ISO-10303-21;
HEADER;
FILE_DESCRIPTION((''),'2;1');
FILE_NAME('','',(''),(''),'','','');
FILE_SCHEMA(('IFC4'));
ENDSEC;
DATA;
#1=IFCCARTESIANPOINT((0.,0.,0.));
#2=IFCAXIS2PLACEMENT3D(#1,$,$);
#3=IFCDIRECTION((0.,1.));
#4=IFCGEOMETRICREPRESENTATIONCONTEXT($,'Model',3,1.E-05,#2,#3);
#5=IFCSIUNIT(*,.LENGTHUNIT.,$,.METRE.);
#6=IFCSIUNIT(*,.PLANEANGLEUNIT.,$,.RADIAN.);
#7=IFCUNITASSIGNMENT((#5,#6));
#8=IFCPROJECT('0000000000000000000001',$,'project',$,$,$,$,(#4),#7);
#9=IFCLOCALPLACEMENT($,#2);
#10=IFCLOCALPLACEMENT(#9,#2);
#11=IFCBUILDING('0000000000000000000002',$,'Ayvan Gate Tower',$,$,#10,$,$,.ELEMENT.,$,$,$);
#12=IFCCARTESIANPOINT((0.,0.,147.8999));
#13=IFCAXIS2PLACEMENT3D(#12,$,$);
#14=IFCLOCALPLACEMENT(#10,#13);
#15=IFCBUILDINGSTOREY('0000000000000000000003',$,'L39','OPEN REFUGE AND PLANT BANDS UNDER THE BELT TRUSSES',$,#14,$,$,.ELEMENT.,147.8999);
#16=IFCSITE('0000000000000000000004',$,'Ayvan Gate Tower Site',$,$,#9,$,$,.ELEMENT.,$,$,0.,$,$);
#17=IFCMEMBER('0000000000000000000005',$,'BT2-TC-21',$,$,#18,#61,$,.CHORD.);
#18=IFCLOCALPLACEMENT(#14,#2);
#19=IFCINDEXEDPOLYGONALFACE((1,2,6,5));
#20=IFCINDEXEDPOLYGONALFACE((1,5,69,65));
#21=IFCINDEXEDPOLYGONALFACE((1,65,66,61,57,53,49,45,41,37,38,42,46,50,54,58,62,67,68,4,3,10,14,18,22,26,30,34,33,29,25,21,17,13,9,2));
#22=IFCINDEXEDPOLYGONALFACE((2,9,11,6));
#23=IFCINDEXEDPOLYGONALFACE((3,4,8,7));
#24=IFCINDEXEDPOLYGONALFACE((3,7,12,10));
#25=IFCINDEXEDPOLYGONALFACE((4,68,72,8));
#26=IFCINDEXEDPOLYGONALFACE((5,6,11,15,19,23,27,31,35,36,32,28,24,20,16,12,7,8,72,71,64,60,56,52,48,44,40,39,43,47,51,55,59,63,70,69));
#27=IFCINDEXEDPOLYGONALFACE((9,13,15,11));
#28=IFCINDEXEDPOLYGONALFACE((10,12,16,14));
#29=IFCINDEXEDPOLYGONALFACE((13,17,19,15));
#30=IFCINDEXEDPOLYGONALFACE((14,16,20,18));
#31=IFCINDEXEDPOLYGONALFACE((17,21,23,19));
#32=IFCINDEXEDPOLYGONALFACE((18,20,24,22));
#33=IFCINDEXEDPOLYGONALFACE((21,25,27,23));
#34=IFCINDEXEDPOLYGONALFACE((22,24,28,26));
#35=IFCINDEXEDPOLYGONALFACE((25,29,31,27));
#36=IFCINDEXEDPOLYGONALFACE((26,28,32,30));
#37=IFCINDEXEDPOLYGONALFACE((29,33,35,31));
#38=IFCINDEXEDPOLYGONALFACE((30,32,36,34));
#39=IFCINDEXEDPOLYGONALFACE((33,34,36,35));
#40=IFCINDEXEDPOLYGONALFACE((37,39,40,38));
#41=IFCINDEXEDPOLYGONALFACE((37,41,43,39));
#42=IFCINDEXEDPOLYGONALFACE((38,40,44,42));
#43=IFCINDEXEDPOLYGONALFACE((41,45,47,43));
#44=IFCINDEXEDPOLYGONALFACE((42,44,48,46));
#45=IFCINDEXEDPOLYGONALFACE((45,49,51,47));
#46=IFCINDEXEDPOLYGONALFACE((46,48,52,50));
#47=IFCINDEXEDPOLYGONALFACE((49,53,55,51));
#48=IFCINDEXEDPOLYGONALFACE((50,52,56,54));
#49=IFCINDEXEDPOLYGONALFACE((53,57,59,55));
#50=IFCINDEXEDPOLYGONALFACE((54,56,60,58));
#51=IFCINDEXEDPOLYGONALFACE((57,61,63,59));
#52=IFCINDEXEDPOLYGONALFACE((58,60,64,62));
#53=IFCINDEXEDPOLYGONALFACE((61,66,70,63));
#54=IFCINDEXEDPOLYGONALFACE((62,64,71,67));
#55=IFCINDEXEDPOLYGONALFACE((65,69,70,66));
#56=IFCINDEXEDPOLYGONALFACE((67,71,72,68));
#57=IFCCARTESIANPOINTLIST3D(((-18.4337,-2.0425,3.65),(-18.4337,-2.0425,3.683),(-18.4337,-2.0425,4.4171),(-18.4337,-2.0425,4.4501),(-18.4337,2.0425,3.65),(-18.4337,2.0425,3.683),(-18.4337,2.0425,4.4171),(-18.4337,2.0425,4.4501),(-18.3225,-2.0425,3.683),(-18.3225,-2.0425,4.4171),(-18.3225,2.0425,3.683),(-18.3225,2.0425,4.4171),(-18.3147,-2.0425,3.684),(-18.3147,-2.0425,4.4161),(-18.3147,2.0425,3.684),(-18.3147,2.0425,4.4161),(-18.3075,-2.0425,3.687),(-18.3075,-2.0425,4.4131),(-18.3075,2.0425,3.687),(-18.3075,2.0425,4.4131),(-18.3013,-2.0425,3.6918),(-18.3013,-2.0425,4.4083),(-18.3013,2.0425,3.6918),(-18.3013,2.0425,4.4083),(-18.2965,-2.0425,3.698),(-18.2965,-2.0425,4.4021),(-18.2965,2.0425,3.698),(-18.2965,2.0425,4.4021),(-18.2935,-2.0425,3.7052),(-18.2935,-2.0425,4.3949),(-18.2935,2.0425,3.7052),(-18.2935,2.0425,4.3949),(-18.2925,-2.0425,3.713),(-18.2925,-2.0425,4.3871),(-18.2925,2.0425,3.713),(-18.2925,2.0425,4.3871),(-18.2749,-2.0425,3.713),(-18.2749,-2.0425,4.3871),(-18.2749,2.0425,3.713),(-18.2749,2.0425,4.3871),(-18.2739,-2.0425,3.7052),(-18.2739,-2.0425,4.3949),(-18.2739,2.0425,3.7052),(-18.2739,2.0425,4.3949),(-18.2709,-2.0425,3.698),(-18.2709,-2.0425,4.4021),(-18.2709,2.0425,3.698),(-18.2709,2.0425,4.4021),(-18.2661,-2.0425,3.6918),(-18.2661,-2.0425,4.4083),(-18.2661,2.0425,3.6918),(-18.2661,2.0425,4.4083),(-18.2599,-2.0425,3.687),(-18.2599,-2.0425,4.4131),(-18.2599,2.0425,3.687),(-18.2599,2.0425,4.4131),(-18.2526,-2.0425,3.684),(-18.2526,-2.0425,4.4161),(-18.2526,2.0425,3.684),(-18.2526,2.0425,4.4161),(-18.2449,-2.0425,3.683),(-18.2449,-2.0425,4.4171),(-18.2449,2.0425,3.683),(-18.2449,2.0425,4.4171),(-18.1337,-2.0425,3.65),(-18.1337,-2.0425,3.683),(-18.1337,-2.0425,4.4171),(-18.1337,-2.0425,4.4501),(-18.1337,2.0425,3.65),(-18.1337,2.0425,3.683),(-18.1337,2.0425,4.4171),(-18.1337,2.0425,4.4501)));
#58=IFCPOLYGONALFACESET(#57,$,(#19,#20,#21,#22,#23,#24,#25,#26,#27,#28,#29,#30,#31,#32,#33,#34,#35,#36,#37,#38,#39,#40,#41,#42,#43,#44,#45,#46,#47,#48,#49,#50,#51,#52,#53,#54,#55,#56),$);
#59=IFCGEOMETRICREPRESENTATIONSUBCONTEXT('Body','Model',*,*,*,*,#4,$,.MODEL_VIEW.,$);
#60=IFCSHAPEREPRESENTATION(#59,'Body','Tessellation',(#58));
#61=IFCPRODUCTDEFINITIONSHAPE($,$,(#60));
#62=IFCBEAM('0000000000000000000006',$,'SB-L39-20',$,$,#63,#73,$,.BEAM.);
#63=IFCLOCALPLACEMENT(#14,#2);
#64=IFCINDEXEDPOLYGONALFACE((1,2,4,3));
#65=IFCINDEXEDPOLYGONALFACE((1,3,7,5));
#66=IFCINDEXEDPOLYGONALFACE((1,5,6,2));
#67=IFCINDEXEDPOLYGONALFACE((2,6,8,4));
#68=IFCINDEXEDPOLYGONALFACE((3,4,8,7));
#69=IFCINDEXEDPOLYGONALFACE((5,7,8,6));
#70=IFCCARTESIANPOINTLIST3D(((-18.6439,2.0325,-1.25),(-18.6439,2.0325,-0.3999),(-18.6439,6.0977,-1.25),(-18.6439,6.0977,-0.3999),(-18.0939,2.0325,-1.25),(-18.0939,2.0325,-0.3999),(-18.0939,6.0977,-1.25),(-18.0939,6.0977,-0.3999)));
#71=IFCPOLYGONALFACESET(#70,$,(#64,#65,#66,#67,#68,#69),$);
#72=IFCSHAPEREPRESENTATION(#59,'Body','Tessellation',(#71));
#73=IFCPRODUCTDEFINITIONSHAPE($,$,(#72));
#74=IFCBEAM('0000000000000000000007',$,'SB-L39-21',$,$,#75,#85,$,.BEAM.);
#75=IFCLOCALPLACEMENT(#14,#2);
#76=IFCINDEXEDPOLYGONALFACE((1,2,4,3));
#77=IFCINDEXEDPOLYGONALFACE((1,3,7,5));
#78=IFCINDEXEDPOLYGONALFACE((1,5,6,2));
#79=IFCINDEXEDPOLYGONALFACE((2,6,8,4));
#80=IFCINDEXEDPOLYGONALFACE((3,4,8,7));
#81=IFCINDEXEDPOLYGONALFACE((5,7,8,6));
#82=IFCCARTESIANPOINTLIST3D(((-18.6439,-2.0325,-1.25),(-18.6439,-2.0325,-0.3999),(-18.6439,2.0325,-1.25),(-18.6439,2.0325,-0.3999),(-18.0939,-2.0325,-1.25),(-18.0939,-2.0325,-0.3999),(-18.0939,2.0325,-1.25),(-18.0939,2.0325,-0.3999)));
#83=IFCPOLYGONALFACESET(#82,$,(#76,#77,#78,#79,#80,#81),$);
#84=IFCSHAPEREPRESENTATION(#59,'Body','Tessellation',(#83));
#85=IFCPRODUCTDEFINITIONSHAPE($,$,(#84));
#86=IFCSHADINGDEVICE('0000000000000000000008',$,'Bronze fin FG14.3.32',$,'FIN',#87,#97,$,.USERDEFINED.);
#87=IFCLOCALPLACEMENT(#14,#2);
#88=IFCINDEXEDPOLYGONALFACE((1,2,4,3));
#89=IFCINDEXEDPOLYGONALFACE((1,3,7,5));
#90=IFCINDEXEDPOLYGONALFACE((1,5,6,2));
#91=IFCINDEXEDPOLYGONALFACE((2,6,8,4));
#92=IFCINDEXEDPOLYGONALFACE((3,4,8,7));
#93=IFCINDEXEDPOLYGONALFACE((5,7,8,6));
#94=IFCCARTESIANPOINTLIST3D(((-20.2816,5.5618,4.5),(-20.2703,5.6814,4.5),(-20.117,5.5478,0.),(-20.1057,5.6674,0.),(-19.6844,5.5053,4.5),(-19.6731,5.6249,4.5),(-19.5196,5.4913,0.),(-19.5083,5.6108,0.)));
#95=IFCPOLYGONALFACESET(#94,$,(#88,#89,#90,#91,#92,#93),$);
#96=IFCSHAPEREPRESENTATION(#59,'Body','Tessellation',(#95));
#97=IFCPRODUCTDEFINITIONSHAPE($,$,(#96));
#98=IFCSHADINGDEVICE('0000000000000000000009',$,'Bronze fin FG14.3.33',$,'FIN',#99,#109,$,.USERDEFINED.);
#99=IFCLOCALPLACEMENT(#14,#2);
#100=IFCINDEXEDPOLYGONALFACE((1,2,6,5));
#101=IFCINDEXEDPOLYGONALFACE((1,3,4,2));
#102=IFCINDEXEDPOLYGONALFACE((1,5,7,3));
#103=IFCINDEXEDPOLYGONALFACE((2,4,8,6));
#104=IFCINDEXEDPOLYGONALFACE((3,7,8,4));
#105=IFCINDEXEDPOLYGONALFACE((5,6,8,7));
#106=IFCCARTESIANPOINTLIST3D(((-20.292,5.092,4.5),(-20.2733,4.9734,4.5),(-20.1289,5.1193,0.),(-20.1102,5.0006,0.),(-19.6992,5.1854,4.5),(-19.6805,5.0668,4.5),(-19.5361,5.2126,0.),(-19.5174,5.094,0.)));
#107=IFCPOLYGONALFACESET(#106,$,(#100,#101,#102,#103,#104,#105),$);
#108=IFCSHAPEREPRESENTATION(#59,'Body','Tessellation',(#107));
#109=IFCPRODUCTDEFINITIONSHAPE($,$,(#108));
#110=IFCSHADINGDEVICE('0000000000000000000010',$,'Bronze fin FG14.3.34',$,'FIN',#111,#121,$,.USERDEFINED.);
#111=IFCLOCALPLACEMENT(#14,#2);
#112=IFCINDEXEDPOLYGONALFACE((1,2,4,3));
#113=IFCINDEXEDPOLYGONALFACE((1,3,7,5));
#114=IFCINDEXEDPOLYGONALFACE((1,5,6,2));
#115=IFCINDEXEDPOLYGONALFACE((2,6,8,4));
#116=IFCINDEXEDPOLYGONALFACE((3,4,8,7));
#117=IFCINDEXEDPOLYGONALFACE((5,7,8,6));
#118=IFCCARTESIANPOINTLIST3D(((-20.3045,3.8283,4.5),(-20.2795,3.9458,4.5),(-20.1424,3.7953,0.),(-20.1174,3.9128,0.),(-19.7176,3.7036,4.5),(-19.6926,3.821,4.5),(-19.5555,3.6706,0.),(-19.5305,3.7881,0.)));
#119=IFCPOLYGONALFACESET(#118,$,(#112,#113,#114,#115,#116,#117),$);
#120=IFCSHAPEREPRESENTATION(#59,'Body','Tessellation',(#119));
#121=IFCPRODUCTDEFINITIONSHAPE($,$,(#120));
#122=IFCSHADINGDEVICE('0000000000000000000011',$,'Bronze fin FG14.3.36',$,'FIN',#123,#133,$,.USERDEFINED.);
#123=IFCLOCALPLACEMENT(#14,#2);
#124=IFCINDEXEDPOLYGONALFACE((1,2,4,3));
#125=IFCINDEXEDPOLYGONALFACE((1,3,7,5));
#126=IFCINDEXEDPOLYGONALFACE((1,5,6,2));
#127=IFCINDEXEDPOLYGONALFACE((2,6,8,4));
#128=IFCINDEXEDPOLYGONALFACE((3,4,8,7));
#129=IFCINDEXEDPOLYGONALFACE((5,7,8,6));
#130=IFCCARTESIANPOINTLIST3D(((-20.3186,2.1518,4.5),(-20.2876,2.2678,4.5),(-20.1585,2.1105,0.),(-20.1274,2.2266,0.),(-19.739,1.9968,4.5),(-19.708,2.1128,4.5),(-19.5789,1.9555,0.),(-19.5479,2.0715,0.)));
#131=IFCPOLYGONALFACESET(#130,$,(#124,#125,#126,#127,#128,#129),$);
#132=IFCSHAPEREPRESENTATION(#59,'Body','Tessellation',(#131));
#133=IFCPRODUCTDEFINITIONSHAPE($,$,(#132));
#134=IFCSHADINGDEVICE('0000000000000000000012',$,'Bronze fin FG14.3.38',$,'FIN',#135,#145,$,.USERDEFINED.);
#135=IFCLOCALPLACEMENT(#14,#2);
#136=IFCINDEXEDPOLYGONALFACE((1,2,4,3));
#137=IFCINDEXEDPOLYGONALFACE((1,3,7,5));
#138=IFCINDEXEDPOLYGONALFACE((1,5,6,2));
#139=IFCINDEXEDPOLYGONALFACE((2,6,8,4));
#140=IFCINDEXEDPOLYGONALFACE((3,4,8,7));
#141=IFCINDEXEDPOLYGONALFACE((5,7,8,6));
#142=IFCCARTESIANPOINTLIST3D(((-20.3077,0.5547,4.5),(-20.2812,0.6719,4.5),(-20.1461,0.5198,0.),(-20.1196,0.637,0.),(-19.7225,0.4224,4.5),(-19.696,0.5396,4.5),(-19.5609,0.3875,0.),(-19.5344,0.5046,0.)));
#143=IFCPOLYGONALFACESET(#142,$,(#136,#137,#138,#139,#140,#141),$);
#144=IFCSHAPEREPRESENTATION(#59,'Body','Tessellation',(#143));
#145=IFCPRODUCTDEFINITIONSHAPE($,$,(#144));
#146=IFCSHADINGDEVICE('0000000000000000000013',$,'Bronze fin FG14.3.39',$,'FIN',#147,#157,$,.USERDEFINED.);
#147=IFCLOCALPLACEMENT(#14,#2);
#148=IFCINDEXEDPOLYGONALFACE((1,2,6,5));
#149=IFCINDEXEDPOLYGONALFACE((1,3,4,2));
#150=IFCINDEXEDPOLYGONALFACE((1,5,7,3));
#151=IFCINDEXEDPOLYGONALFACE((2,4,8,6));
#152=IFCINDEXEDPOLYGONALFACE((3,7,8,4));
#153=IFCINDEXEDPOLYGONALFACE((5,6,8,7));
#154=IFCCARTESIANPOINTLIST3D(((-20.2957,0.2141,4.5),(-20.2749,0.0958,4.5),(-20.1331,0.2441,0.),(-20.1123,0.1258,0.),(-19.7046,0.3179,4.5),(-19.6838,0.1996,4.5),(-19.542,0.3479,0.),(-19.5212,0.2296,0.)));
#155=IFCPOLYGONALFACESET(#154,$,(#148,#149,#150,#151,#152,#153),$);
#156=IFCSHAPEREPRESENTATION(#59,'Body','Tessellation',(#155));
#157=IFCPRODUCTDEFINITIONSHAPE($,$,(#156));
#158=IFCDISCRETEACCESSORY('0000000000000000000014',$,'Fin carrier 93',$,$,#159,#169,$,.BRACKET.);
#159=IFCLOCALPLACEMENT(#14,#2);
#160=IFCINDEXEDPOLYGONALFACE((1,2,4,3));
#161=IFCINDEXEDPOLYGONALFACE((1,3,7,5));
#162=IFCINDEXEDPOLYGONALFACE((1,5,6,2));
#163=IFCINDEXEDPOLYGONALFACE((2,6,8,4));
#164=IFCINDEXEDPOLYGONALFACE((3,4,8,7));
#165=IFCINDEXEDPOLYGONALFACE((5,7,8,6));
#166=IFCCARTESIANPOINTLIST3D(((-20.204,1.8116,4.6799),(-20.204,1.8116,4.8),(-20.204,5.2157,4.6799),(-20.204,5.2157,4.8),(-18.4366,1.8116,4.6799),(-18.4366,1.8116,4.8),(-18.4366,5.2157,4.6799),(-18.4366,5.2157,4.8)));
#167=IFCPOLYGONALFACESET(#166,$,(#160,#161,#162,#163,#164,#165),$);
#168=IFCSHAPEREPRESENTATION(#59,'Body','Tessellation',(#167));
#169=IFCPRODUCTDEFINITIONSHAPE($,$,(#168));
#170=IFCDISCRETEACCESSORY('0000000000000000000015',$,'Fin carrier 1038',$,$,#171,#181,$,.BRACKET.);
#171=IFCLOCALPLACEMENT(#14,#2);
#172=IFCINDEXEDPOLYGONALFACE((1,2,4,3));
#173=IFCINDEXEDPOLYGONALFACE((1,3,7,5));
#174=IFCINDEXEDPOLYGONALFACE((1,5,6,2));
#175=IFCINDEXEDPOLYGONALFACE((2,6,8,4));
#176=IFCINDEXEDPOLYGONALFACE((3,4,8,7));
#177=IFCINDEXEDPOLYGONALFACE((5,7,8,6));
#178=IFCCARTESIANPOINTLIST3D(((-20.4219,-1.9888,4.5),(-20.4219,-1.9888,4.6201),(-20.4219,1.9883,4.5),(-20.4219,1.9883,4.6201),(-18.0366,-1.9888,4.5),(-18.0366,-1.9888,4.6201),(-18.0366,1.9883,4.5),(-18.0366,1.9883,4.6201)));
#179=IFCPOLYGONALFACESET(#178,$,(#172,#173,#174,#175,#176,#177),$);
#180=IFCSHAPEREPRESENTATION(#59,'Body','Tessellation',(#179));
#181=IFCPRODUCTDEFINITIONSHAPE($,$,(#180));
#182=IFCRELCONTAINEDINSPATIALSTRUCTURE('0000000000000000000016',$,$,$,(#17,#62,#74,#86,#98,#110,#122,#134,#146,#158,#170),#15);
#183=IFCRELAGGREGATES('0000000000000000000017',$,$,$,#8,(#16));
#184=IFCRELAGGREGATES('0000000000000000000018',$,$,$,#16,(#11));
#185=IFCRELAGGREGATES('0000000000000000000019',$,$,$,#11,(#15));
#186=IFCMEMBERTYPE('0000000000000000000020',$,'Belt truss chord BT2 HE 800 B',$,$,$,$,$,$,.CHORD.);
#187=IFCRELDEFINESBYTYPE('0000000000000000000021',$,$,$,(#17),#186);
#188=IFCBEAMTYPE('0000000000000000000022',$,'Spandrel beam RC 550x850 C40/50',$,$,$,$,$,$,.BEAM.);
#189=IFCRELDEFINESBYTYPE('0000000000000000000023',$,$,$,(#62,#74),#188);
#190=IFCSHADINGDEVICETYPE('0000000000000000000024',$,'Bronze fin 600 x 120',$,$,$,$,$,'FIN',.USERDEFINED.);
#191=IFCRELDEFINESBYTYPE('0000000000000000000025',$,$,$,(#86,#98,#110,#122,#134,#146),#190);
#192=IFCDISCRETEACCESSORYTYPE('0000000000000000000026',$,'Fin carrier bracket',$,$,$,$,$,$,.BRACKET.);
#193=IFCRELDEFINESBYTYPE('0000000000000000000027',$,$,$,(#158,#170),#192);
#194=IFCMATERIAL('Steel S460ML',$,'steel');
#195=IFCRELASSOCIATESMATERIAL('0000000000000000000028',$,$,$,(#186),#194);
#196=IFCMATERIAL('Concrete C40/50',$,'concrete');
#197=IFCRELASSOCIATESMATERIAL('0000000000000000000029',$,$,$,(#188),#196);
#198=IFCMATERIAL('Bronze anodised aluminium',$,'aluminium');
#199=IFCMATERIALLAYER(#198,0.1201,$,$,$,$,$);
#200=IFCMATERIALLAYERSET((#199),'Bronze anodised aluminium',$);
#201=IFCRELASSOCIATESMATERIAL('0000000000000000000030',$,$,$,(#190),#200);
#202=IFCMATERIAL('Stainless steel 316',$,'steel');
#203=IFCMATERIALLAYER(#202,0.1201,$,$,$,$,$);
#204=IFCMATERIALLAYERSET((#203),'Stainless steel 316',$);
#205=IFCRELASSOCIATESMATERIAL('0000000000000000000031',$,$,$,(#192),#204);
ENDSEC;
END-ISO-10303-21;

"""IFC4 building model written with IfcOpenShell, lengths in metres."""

from ifc_helpers import new_model, si_unit, direction, frame, origin, origin_2d, place, context, subcontext, project, spatial, polyline, rectangle, i_section, outline, extrude, material, layer, layer_set, material_profile, profile_set, type_object, element, save


model = new_model("IFC4")

# Units and contexts
model_context = context("Model", 3, precision=1e-05, world=origin(), true_north=direction((0.0, 1.0)))
body_context = subcontext(model_context, "Body", "Model", "MODEL_VIEW")
ifc_project = project(units=[si_unit("LENGTHUNIT", "METRE"), si_unit("PLANEANGLEUNIT", "RADIAN")], contexts=[model_context])

# Site, building, storey
site_placement = place(None, origin())
site = spatial("IfcSite", under=ifc_project, at=site_placement, Name="Ayvan Gate Tower Site", CompositionType="ELEMENT", RefElevation=0.0)
building_placement = place(site_placement, origin())
building = spatial("IfcBuilding", under=site, at=building_placement, Name="Ayvan Gate Tower", CompositionType="ELEMENT")
storey_placement = place(building_placement, frame((0.0, 0.0, 147.8999)))
storey = spatial("IfcBuildingStorey", under=building, at=storey_placement, Name="L39", Description="OPEN REFUGE AND PLANT BANDS UNDER THE BELT TRUSSES", CompositionType="ELEMENT", Elevation=147.8999)

# Member
ifc_material_1 = material(Name="Steel S460ML", Category="steel")
ifc_material_profile_1 = material_profile(ifc_material_1, i_section(OverallWidth=0.3, OverallDepth=0.8, WebThickness=0.0176, FlangeThickness=0.033, FilletRadius=0.03, at=origin_2d()), Name="HE 800 B")
ifc_profile_set_1 = profile_set([ifc_material_profile_1], Name="Steel S460ML")
member_type_1 = type_object("IfcMemberType", Name="Belt truss chord BT2 HE 800 B", PredefinedType="CHORD", material=ifc_profile_set_1)
member_1_placement = place(storey_placement, frame((-18.2837, 2.0425, 4.05), z_axis=(0.0, -1.0, 0.0), x_axis=(1.0, 0.0, 0.0)))
element("IfcMember", 1, at=member_1_placement, inside=storey, type_object=member_type_1, Name="BT2-TC-21", PredefinedType="CHORD", context=body_context, shape_type="SweptSolid", body=[
    extrude(i_section(OverallWidth=0.3, OverallDepth=0.8, WebThickness=0.0176, FlangeThickness=0.033, FilletRadius=0.03, at=origin_2d()), origin(), (0.0, 0.0, 1.0), 4.085),
])

# Beams
ifc_material_2 = material(Name="Concrete C40/50", Category="concrete")
ifc_material_profile_2 = material_profile(ifc_material_2, rectangle(XDim=0.55, YDim=0.8501, at=origin_2d()), Name="RC 550x850")
ifc_profile_set_2 = profile_set([ifc_material_profile_2], Name="Concrete C40/50")
beam_type = type_object("IfcBeamType", Name="Spandrel beam RC 550x850 C40/50", PredefinedType="BEAM", material=ifc_profile_set_2)
beam_1_placement = place(storey_placement, frame((-18.3689, 6.0977, -0.825), z_axis=(0.0, -1.0, 0.0), x_axis=(1.0, 0.0, 0.0)))
element("IfcBeam", 2, at=beam_1_placement, inside=storey, type_object=beam_type, Name="SB-L39-20", PredefinedType="BEAM", context=body_context, shape_type="SweptSolid", body=[
    extrude(rectangle(XDim=0.55, YDim=0.8501, at=origin_2d()), origin(), (0.0, 0.0, 1.0), 4.0652),
])
beam_2_placement = place(storey_placement, frame((-18.3689, 2.0325, -0.825), z_axis=(0.0, -1.0, 0.0), x_axis=(1.0, 0.0, 0.0)))
element("IfcBeam", 3, at=beam_2_placement, inside=storey, type_object=beam_type, Name="SB-L39-21", PredefinedType="BEAM", context=body_context, shape_type="SweptSolid", body=[
    extrude(rectangle(XDim=0.55, YDim=0.8501, at=origin_2d()), origin(), (0.0, 0.0, 1.0), 4.0649),
])

# Shading devices
ifc_material_3 = material(Name="Bronze anodised aluminium", Category="aluminium")
ifc_layer_1 = layer(ifc_material_3, 0.1201)
ifc_layer_set_1 = layer_set([ifc_layer_1], Name="Bronze anodised aluminium")
shading_device_type = type_object("IfcShadingDeviceType", Name="Bronze fin 600 x 120", ElementType="FIN", PredefinedType="USERDEFINED", material=ifc_layer_set_1)
shading_device_1_placement = place(storey_placement, frame((-19.5083, 5.6108, 0.0), z_axis=(0.094204, 0.995553, 0.000342), x_axis=(-0.995553, 0.094204, 0.0)))
element("IfcShadingDevice", 4, at=shading_device_1_placement, inside=storey, type_object=shading_device_type, Name="Bronze fin FG14.3.32", ObjectType="FIN", PredefinedType="USERDEFINED", context=body_context, shape_type="SweptSolid", body=[
    extrude(outline(polyline([(0.0, 0.0), (0.6001, 0.0), (0.7652, 4.5), (0.1654, 4.5), (0.0, 0.0)])), origin(), (0.0, 0.0, -1.0), 0.1201),
])
shading_device_2_placement = place(storey_placement, frame((-19.5361, 5.2126, 0.0), z_axis=(-0.155618, 0.987817, 0.000336), x_axis=(-0.987817, -0.155618, 0.0)))
element("IfcShadingDevice", 5, at=shading_device_2_placement, inside=storey, type_object=shading_device_type, Name="Bronze fin FG14.3.33", ObjectType="FIN", PredefinedType="USERDEFINED", context=body_context, shape_type="SweptSolid", body=[
    extrude(outline(polyline([(0.0, 0.0), (0.6001, 0.0), (0.7654, 4.5), (0.1654, 4.5), (0.0, 0.0)])), origin(), (0.0, 0.0, -1.0), 0.1201),
])
shading_device_3_placement = place(storey_placement, frame((-19.5305, 3.7881, 0.0), z_axis=(0.207917, 0.978146, 0.000326), x_axis=(-0.978146, 0.207917, 0.0)))
element("IfcShadingDevice", 6, at=shading_device_3_placement, inside=storey, type_object=shading_device_type, Name="Bronze fin FG14.3.34", ObjectType="FIN", PredefinedType="USERDEFINED", context=body_context, shape_type="SweptSolid", body=[
    extrude(outline(polyline([(0.0, 0.0), (0.6, 0.0), (0.7654, 4.5), (0.1654, 4.5), (0.0, 0.0)])), origin(), (0.0, 0.0, -1.0), 0.1201),
])
shading_device_4_placement = place(storey_placement, frame((-19.5479, 2.0715, 0.0), z_axis=(0.258397, 0.966039, 0.000339), x_axis=(-0.966039, 0.258397, 0.0)))
element("IfcShadingDevice", 7, at=shading_device_4_placement, inside=storey, type_object=shading_device_type, Name="Bronze fin FG14.3.36", ObjectType="FIN", PredefinedType="USERDEFINED", context=body_context, shape_type="SweptSolid", body=[
    extrude(outline(polyline([(0.0, 0.0), (0.6, 0.0), (0.7653, 4.5), (0.1654, 4.5), (0.0, 0.0)])), origin(), (0.0, 0.0, -1.0), 0.1201),
])
shading_device_5_placement = place(storey_placement, frame((-19.5344, 0.5046, 0.0), z_axis=(0.220548, 0.975376, 0.000354), x_axis=(-0.975376, 0.220548, 0.0)))
element("IfcShadingDevice", 8, at=shading_device_5_placement, inside=storey, type_object=shading_device_type, Name="Bronze fin FG14.3.38", ObjectType="FIN", PredefinedType="USERDEFINED", context=body_context, shape_type="SweptSolid", body=[
    extrude(outline(polyline([(0.0, 0.0), (0.6, 0.0), (0.7653, 4.5), (0.1653, 4.5), (0.0, 0.0)])), origin(), (0.0, 0.0, -1.0), 0.1201),
])
shading_device_6_placement = place(storey_placement, frame((-19.542, 0.3479, 0.0), z_axis=(-0.172903, 0.984939, 0.000325), x_axis=(-0.984939, -0.172903, 0.0)))
element("IfcShadingDevice", 9, at=shading_device_6_placement, inside=storey, type_object=shading_device_type, Name="Bronze fin FG14.3.39", ObjectType="FIN", PredefinedType="USERDEFINED", context=body_context, shape_type="SweptSolid", body=[
    extrude(outline(polyline([(0.0, 0.0), (0.6001, 0.0), (0.7654, 4.5), (0.1653, 4.5), (0.0, 0.0)])), origin(), (0.0, 0.0, -1.0), 0.1201),
])

# Discrete accessories
ifc_material_4 = material(Name="Stainless steel 316", Category="steel")
ifc_layer_2 = layer(ifc_material_4, 0.1201)
ifc_layer_set_2 = layer_set([ifc_layer_2], Name="Stainless steel 316")
discrete_accessory_type_1 = type_object("IfcDiscreteAccessoryType", Name="Fin carrier bracket", PredefinedType="BRACKET", material=ifc_layer_set_2)
discrete_accessory_1_placement = place(storey_placement, frame((-19.3203, 3.5137, 4.6799), z_axis=(0.0, 0.0, 1.0), x_axis=(0.0, -1.0, 0.0)))
element("IfcDiscreteAccessory", 10, at=discrete_accessory_1_placement, inside=storey, type_object=discrete_accessory_type_1, Name="Fin carrier 93", PredefinedType="BRACKET", context=body_context, shape_type="SweptSolid", body=[
    extrude(rectangle(XDim=3.4041, YDim=1.7673, at=origin_2d()), origin(), (0.0, 0.0, 1.0), 0.1201),
])
discrete_accessory_2_placement = place(storey_placement, frame((-19.2292, -0.0002, 4.5), z_axis=(0.0, 0.0, 1.0), x_axis=(0.0, -1.0, 0.0)))
element("IfcDiscreteAccessory", 11, at=discrete_accessory_2_placement, inside=storey, type_object=discrete_accessory_type_1, Name="Fin carrier 1038", PredefinedType="BRACKET", context=body_context, shape_type="SweptSolid", body=[
    extrude(rectangle(XDim=3.9771, YDim=2.3853, at=origin_2d()), origin(), (0.0, 0.0, 1.0), 0.1201),
])

save(model, "model.ifc")
